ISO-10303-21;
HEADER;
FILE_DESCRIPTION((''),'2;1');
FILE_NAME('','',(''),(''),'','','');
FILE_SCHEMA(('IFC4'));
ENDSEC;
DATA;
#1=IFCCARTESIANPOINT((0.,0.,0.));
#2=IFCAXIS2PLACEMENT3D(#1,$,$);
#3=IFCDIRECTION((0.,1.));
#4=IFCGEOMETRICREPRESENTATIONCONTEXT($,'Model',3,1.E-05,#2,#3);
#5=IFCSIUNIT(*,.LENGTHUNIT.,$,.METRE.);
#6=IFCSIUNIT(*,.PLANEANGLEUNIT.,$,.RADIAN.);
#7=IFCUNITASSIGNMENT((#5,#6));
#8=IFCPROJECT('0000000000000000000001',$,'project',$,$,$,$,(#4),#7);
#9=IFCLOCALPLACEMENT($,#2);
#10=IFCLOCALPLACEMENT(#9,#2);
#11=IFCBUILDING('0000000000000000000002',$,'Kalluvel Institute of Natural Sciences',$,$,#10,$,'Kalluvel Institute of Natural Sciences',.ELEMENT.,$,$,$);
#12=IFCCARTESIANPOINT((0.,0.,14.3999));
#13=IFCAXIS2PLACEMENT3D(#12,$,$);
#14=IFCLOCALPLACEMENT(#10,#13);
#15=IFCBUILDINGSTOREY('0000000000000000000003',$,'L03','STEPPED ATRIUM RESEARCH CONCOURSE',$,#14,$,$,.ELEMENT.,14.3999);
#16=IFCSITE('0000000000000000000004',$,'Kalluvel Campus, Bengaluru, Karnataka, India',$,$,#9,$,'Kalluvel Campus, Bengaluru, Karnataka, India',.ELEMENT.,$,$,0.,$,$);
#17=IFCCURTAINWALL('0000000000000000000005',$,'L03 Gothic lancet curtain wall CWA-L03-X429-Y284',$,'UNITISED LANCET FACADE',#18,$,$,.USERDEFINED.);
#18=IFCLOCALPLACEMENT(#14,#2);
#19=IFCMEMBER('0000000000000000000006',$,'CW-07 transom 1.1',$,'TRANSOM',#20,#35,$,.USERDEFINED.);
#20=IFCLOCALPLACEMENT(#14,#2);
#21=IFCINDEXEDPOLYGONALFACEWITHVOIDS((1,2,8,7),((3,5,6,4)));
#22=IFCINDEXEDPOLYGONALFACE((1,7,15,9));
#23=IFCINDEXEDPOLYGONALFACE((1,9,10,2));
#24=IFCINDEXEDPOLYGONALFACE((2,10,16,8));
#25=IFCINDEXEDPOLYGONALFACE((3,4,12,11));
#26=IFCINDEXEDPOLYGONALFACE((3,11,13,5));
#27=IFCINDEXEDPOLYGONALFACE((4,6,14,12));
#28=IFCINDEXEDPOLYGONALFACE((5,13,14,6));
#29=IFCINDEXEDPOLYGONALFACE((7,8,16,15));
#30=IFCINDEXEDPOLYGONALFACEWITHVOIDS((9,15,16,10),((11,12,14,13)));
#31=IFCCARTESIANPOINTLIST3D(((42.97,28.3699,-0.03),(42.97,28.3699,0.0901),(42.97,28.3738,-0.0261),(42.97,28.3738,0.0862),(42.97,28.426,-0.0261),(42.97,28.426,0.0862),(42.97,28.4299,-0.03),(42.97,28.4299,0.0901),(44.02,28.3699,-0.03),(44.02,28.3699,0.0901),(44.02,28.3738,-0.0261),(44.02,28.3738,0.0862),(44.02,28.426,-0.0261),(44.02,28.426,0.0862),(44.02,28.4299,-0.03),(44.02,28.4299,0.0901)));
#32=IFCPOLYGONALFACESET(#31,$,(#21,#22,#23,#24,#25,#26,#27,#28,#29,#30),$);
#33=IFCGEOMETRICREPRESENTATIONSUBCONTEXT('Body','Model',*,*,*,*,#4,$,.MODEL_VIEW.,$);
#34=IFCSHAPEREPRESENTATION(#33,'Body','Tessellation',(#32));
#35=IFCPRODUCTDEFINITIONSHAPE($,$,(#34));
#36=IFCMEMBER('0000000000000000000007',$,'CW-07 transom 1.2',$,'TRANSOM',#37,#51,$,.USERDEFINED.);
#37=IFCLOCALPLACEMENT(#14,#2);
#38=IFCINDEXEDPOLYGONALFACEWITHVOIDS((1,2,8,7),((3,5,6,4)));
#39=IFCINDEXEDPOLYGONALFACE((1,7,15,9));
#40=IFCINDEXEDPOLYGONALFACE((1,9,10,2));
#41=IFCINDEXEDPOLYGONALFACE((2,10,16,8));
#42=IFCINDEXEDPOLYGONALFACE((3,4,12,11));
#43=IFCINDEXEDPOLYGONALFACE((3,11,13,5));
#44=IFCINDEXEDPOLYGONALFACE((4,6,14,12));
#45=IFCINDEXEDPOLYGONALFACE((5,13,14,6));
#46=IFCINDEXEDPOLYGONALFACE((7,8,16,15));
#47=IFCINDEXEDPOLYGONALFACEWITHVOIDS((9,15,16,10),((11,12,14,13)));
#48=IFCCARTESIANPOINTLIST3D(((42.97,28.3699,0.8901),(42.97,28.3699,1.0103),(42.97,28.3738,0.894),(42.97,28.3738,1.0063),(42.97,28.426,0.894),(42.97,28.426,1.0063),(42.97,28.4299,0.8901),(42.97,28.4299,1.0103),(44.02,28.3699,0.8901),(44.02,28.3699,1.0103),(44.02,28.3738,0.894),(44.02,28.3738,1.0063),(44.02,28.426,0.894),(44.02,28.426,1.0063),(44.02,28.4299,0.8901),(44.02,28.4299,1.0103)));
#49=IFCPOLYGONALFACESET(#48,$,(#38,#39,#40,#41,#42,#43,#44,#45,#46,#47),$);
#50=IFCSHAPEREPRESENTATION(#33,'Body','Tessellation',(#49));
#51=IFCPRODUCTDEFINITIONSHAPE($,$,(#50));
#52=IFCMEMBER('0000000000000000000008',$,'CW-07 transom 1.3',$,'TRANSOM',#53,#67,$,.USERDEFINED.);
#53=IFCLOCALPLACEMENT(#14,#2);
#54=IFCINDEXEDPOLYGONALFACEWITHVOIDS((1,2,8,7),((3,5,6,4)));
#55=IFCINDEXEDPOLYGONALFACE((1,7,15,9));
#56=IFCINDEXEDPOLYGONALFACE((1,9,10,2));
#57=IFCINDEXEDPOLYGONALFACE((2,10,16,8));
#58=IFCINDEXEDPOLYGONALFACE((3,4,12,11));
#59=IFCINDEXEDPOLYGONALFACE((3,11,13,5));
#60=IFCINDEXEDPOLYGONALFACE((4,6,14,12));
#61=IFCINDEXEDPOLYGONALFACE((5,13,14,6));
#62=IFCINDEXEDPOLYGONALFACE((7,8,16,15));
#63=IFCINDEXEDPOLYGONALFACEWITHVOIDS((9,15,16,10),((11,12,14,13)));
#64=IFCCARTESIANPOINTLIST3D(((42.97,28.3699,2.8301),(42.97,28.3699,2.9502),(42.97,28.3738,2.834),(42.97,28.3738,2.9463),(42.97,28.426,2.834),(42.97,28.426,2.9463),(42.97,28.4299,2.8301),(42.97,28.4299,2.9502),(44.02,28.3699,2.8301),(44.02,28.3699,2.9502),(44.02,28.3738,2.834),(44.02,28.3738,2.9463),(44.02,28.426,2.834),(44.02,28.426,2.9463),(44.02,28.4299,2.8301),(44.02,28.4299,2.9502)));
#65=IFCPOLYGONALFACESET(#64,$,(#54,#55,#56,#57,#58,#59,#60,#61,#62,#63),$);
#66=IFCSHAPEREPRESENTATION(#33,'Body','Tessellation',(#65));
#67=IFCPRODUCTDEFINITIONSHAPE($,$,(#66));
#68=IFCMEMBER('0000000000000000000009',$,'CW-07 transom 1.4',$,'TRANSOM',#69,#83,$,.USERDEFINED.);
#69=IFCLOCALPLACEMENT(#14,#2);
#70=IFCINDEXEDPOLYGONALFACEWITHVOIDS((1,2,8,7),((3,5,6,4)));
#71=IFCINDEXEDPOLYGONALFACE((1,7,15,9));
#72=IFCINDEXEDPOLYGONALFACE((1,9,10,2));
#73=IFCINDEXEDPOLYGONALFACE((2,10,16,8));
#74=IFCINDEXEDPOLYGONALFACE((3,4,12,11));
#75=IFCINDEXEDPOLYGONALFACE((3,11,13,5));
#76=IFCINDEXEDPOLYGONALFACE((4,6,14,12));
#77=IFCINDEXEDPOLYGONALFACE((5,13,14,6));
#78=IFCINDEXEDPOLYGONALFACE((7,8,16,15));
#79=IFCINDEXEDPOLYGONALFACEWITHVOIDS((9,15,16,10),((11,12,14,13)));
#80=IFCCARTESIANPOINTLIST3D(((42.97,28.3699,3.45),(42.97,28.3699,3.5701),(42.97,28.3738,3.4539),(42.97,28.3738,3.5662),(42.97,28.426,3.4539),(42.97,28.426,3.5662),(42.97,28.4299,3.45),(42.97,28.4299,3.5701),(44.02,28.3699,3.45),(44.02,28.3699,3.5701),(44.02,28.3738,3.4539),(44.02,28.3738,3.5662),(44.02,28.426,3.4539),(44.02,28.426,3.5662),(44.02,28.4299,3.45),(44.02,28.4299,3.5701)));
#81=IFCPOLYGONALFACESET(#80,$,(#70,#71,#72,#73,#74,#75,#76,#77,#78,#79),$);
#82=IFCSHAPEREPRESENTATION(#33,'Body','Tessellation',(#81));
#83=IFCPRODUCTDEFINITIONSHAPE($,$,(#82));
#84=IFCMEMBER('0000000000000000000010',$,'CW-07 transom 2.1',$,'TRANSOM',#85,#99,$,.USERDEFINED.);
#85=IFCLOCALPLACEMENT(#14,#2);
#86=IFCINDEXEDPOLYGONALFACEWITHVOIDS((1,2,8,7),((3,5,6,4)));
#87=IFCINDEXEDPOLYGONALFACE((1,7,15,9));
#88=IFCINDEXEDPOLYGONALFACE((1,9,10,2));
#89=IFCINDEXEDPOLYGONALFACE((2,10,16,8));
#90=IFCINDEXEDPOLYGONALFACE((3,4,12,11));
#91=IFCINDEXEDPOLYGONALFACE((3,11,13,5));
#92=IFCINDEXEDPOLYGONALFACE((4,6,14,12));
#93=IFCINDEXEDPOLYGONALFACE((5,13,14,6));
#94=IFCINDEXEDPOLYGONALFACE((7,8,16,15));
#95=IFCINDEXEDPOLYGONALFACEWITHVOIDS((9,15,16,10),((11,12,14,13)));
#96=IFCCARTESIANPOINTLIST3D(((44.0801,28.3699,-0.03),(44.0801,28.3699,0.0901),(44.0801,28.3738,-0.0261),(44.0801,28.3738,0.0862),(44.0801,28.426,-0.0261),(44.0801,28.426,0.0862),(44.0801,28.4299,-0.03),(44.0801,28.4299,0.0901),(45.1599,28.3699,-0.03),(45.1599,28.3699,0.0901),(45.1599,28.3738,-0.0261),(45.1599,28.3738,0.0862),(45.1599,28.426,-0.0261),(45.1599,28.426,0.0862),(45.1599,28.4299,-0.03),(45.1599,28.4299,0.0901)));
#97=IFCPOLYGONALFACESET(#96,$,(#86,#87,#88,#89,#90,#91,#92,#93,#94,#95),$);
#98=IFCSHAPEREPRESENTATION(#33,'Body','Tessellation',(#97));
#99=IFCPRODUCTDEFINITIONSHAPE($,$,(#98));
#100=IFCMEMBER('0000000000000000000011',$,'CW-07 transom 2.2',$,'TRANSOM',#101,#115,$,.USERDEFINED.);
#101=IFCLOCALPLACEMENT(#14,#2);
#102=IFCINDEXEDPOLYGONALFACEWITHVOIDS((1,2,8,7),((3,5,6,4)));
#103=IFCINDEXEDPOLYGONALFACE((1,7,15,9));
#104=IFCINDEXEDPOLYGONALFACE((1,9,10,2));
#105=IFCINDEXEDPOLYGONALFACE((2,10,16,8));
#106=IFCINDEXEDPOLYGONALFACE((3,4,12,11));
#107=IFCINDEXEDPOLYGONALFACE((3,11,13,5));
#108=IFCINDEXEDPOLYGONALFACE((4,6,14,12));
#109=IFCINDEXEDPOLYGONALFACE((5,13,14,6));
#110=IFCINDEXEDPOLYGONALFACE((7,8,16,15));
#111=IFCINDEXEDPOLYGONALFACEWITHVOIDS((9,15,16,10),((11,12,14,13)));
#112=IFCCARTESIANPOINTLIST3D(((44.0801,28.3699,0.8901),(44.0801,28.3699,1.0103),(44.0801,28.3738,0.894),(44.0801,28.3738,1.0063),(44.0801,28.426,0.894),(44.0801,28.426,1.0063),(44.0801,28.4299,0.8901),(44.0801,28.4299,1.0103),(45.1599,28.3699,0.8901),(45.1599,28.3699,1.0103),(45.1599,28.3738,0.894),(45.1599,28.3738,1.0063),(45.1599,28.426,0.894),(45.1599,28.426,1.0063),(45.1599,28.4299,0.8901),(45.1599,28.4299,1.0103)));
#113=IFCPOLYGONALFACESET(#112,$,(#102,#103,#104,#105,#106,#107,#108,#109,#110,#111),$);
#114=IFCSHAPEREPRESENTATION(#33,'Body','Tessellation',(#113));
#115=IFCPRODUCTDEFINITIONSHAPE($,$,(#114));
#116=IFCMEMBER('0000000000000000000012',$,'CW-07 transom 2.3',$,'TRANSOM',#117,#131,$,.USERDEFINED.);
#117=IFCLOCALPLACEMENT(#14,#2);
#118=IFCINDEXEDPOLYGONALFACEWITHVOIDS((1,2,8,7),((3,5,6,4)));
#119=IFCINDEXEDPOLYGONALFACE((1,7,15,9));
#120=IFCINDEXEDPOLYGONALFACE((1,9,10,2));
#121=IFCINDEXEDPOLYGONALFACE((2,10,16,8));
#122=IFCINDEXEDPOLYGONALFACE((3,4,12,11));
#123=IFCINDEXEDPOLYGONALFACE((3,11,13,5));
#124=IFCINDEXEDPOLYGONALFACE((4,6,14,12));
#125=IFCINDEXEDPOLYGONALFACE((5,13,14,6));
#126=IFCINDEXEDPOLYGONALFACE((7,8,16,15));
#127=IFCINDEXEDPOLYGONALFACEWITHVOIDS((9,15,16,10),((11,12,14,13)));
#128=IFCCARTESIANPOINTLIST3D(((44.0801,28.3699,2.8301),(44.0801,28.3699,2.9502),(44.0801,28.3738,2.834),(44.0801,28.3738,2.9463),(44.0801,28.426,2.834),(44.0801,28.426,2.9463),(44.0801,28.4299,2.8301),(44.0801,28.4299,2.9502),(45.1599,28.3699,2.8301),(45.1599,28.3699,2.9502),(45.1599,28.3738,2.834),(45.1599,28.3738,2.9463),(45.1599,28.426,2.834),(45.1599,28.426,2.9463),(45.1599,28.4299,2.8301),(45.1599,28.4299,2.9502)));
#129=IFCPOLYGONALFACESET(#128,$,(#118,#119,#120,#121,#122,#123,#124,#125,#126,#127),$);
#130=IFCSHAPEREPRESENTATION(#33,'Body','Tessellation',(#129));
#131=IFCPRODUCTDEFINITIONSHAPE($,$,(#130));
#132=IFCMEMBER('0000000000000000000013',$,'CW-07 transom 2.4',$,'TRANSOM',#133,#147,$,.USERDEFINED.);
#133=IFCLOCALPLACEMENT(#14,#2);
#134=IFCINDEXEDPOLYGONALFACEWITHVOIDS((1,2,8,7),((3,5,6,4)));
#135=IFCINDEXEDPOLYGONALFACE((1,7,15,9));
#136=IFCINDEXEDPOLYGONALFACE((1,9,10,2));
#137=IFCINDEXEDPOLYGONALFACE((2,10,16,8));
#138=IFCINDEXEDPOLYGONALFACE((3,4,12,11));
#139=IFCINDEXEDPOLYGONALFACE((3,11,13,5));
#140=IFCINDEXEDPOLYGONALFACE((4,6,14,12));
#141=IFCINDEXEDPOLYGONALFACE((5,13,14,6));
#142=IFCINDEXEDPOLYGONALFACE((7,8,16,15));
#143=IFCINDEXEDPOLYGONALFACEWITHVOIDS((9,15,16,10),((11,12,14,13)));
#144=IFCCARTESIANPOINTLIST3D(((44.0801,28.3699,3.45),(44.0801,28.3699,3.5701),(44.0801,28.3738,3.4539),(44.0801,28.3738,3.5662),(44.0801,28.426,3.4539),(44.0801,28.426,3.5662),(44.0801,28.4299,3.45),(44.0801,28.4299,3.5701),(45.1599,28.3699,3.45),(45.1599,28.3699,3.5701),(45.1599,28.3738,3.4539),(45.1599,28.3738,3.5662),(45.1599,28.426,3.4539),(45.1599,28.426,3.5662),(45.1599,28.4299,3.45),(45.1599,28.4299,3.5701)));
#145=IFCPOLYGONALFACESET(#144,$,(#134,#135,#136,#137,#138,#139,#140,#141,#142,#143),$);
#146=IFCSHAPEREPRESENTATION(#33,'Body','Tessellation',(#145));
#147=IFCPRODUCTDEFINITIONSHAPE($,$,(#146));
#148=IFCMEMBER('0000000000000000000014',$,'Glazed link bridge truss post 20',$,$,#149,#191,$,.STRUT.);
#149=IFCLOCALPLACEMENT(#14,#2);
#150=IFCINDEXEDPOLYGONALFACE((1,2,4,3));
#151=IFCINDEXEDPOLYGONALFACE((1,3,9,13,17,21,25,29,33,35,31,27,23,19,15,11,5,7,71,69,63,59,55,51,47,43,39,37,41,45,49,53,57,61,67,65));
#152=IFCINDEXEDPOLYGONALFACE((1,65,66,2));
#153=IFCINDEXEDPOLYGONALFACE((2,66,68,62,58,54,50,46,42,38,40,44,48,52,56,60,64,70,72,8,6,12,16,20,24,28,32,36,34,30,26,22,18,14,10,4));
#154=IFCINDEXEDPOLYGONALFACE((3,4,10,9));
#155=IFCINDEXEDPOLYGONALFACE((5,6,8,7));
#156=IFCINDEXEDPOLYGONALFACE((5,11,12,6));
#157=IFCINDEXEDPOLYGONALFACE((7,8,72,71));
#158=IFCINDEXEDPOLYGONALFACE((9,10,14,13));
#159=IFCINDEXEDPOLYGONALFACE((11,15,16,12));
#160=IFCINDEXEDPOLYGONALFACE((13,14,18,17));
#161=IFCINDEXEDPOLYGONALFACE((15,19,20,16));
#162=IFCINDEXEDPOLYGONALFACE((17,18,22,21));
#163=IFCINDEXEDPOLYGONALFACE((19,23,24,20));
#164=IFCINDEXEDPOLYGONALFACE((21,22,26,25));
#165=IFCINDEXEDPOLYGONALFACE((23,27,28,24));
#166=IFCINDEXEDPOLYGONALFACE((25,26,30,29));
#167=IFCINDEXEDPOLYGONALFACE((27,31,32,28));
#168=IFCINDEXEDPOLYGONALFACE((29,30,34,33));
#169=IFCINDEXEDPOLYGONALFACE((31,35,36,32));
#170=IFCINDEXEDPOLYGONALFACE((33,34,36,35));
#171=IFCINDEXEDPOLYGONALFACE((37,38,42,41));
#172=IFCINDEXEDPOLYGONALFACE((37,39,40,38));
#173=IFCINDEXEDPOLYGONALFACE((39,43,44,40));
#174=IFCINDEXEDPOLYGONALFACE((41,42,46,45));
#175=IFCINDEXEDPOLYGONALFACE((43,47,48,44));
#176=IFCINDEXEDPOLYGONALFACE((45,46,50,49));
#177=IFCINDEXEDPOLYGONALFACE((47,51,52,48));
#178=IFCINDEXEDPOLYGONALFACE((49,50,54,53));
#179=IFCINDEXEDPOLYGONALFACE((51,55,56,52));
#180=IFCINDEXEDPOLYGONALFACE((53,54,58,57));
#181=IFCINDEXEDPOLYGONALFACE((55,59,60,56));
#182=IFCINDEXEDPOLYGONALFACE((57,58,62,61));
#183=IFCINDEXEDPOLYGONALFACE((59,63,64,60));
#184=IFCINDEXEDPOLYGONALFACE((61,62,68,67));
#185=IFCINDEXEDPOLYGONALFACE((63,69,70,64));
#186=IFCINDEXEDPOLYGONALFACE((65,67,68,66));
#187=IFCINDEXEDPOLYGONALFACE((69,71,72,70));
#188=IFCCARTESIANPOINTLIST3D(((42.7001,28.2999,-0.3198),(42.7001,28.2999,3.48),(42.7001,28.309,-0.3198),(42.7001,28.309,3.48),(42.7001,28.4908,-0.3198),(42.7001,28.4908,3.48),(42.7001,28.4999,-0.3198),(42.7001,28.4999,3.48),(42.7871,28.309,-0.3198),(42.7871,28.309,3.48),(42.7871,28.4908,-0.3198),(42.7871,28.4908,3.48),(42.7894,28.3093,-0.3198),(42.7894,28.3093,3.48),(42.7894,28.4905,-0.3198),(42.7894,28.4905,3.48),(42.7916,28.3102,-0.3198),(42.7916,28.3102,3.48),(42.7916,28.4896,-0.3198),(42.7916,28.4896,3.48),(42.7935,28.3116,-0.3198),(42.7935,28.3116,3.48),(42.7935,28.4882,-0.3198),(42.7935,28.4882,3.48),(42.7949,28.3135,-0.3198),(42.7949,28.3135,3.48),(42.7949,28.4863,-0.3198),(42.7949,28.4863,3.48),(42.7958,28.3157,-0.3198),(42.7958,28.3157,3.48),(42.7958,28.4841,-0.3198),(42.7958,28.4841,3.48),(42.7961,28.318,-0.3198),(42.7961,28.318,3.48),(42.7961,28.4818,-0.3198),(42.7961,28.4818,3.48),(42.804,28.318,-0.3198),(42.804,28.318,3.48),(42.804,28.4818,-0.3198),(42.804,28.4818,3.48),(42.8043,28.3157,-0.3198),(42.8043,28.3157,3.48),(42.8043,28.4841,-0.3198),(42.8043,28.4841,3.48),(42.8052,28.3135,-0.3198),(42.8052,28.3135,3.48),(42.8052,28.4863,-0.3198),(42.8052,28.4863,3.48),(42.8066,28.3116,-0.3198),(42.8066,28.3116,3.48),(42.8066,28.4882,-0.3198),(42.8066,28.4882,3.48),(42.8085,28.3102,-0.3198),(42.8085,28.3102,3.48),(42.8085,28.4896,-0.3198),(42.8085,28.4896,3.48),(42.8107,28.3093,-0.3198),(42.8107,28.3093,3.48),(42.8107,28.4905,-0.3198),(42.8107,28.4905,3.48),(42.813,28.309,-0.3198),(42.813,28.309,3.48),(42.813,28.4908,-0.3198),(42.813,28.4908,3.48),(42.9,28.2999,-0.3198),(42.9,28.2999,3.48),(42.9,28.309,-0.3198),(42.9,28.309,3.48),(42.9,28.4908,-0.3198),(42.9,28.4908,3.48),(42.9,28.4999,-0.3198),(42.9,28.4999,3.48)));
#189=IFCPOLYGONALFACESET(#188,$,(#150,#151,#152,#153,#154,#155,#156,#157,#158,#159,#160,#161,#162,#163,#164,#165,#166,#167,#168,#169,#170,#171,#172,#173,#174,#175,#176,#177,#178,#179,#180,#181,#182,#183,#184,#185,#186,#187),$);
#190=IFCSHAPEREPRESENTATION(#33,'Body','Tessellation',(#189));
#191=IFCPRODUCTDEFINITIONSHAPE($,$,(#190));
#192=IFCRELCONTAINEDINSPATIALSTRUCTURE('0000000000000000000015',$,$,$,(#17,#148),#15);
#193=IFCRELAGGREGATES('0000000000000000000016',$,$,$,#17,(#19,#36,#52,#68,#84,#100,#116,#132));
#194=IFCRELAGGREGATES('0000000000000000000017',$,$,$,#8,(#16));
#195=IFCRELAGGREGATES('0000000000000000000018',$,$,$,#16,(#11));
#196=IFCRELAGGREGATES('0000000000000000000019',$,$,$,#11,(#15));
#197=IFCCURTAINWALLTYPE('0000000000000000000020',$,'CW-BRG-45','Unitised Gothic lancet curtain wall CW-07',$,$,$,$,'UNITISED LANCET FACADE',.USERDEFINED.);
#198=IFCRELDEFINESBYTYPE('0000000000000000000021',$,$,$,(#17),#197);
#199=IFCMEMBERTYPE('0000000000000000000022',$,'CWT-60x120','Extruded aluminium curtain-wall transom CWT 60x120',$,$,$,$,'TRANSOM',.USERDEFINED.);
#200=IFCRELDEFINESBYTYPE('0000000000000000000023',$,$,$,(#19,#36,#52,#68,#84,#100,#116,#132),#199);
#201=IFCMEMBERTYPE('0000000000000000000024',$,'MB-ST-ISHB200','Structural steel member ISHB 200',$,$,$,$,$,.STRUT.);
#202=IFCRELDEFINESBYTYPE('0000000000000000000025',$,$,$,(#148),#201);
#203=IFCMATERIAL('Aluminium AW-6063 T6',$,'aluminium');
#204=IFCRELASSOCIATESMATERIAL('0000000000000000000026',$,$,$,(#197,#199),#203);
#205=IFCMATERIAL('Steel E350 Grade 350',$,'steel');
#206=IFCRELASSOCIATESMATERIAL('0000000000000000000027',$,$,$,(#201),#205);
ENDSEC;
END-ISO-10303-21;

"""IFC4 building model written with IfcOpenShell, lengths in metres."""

from ifc_helpers import new_model, si_unit, direction, frame, origin, origin_2d, place, context, subcontext, project, spatial, hollow_rectangle, i_section, extrude, material, material_profile, profile_set, type_object, element, aggregate, save


model = new_model("IFC4")

# Units and contexts
model_context = context("Model", 3, precision=1e-05, world=origin(), true_north=direction((0.0, 1.0)))
body_context = subcontext(model_context, "Body", "Model", "MODEL_VIEW")
ifc_project = project(units=[si_unit("LENGTHUNIT", "METRE"), si_unit("PLANEANGLEUNIT", "RADIAN")], contexts=[model_context])

# Site, building, storey
site_placement = place(None, origin())
site = spatial("IfcSite", under=ifc_project, at=site_placement, Name="Kalluvel Campus, Bengaluru, Karnataka, India", LongName="Kalluvel Campus, Bengaluru, Karnataka, India", CompositionType="ELEMENT", RefElevation=0.0)
building_placement = place(site_placement, origin())
building = spatial("IfcBuilding", under=site, at=building_placement, Name="Kalluvel Institute of Natural Sciences", LongName="Kalluvel Institute of Natural Sciences", CompositionType="ELEMENT")
storey_placement = place(building_placement, frame((0.0, 0.0, 14.3999)))
storey = spatial("IfcBuildingStorey", under=building, at=storey_placement, Name="L03", Description="STEPPED ATRIUM RESEARCH CONCOURSE", CompositionType="ELEMENT", Elevation=14.3999)

# Shared definitions
ifc_material_1 = material(Name="Steel E350 Grade 350", Category="steel")

# Curtain wall
ifc_material_2 = material(Name="Aluminium AW-6063 T6", Category="aluminium")
curtain_wall_type = type_object("IfcCurtainWallType", Name="CW-BRG-45", Description="Unitised Gothic lancet curtain wall CW-07", ElementType="UNITISED LANCET FACADE", PredefinedType="USERDEFINED", material=ifc_material_2)
curtain_wall_1_placement = place(storey_placement, origin())
curtain_wall_1 = element("IfcCurtainWall", 1, at=curtain_wall_1_placement, inside=storey, type_object=curtain_wall_type, Name="L03 Gothic lancet curtain wall CWA-L03-X429-Y284", ObjectType="UNITISED LANCET FACADE", PredefinedType="USERDEFINED")

# Members
ifc_material_profile_1 = material_profile(ifc_material_2, hollow_rectangle(XDim=0.0601, YDim=0.1201, WallThickness=0.0039, at=origin_2d()), Name="CWT 60x120")
ifc_profile_set_1 = profile_set([ifc_material_profile_1], Name="Aluminium AW-6063 T6")
member_type_1 = type_object("IfcMemberType", Name="CWT-60x120", Description="Extruded aluminium curtain-wall transom CWT 60x120", ElementType="TRANSOM", PredefinedType="USERDEFINED", material=ifc_profile_set_1)
member_1_placement = place(storey_placement, frame((42.97, 28.3999, 0.03), z_axis=(1.0, 0.0, 0.0), x_axis=(0.0, 1.0, 0.0)))
member_1 = element("IfcMember", 2, at=member_1_placement, type_object=member_type_1, Name="CW-07 transom 1.1", ObjectType="TRANSOM", PredefinedType="USERDEFINED", context=body_context, shape_type="SweptSolid", body=[
    extrude(hollow_rectangle(XDim=0.0601, YDim=0.1201, WallThickness=0.0039, at=origin_2d()), origin(), (0.0, 0.0, 1.0), 1.05),
])
member_2_placement = place(storey_placement, frame((42.97, 28.3999, 0.9502), z_axis=(1.0, 0.0, 0.0), x_axis=(0.0, 1.0, 0.0)))
member_2 = element("IfcMember", 3, at=member_2_placement, type_object=member_type_1, Name="CW-07 transom 1.2", ObjectType="TRANSOM", PredefinedType="USERDEFINED", context=body_context, shape_type="SweptSolid", body=[
    extrude(hollow_rectangle(XDim=0.0601, YDim=0.1201, WallThickness=0.0039, at=origin_2d()), origin(), (0.0, 0.0, 1.0), 1.05),
])
member_3_placement = place(storey_placement, frame((42.97, 28.3999, 2.8901), z_axis=(1.0, 0.0, 0.0), x_axis=(0.0, 1.0, 0.0)))
member_3 = element("IfcMember", 4, at=member_3_placement, type_object=member_type_1, Name="CW-07 transom 1.3", ObjectType="TRANSOM", PredefinedType="USERDEFINED", context=body_context, shape_type="SweptSolid", body=[
    extrude(hollow_rectangle(XDim=0.0601, YDim=0.1201, WallThickness=0.0039, at=origin_2d()), origin(), (0.0, 0.0, 1.0), 1.05),
])
member_4_placement = place(storey_placement, frame((42.97, 28.3999, 3.51), z_axis=(1.0, 0.0, 0.0), x_axis=(0.0, 1.0, 0.0)))
member_4 = element("IfcMember", 5, at=member_4_placement, type_object=member_type_1, Name="CW-07 transom 1.4", ObjectType="TRANSOM", PredefinedType="USERDEFINED", context=body_context, shape_type="SweptSolid", body=[
    extrude(hollow_rectangle(XDim=0.0601, YDim=0.1201, WallThickness=0.0039, at=origin_2d()), origin(), (0.0, 0.0, 1.0), 1.05),
])
member_5_placement = place(storey_placement, frame((44.0801, 28.3999, 0.03), z_axis=(1.0, 0.0, 0.0), x_axis=(0.0, 1.0, 0.0)))
member_5 = element("IfcMember", 6, at=member_5_placement, type_object=member_type_1, Name="CW-07 transom 2.1", ObjectType="TRANSOM", PredefinedType="USERDEFINED", context=body_context, shape_type="SweptSolid", body=[
    extrude(hollow_rectangle(XDim=0.0601, YDim=0.1201, WallThickness=0.0039, at=origin_2d()), origin(), (0.0, 0.0, 1.0), 1.0798),
])
member_6_placement = place(storey_placement, frame((44.0801, 28.3999, 0.9502), z_axis=(1.0, 0.0, 0.0), x_axis=(0.0, 1.0, 0.0)))
member_6 = element("IfcMember", 7, at=member_6_placement, type_object=member_type_1, Name="CW-07 transom 2.2", ObjectType="TRANSOM", PredefinedType="USERDEFINED", context=body_context, shape_type="SweptSolid", body=[
    extrude(hollow_rectangle(XDim=0.0601, YDim=0.1201, WallThickness=0.0039, at=origin_2d()), origin(), (0.0, 0.0, 1.0), 1.0798),
])
member_7_placement = place(storey_placement, frame((44.0801, 28.3999, 2.8901), z_axis=(1.0, 0.0, 0.0), x_axis=(0.0, 1.0, 0.0)))
member_7 = element("IfcMember", 8, at=member_7_placement, type_object=member_type_1, Name="CW-07 transom 2.3", ObjectType="TRANSOM", PredefinedType="USERDEFINED", context=body_context, shape_type="SweptSolid", body=[
    extrude(hollow_rectangle(XDim=0.0601, YDim=0.1201, WallThickness=0.0039, at=origin_2d()), origin(), (0.0, 0.0, 1.0), 1.0798),
])
member_8_placement = place(storey_placement, frame((44.0801, 28.3999, 3.51), z_axis=(1.0, 0.0, 0.0), x_axis=(0.0, 1.0, 0.0)))
member_8 = element("IfcMember", 9, at=member_8_placement, type_object=member_type_1, Name="CW-07 transom 2.4", ObjectType="TRANSOM", PredefinedType="USERDEFINED", context=body_context, shape_type="SweptSolid", body=[
    extrude(hollow_rectangle(XDim=0.0601, YDim=0.1201, WallThickness=0.0039, at=origin_2d()), origin(), (0.0, 0.0, 1.0), 1.0798),
])
ifc_material_profile_2 = material_profile(ifc_material_1, i_section(OverallWidth=0.2, OverallDepth=0.2, WebThickness=0.0078, FlangeThickness=0.009, FilletRadius=0.009, at=origin_2d()), Name="ISHB 200")
ifc_profile_set_2 = profile_set([ifc_material_profile_2], Name="Steel E350 Grade 350")
member_type_2 = type_object("IfcMemberType", Name="MB-ST-ISHB200", Description="Structural steel member ISHB 200", PredefinedType="STRUT", material=ifc_profile_set_2)
member_9_placement = place(storey_placement, frame((42.8, 28.3999, -0.3198), z_axis=(0.0, 0.0, 1.0), x_axis=(1.0, 0.0, 0.0)))
element("IfcMember", 10, at=member_9_placement, inside=storey, type_object=member_type_2, Name="Glazed link bridge truss post 20", PredefinedType="STRUT", context=body_context, shape_type="SweptSolid", body=[
    extrude(i_section(OverallWidth=0.2, OverallDepth=0.2, WebThickness=0.0078, FlangeThickness=0.009, FilletRadius=0.009, at=origin_2d()), origin(), (0.0, 0.0, 1.0), 3.7998),
])

aggregate(curtain_wall_1, [member_1, member_2, member_3, member_4, member_5, member_6, member_7, member_8])

save(model, "model.ifc")
